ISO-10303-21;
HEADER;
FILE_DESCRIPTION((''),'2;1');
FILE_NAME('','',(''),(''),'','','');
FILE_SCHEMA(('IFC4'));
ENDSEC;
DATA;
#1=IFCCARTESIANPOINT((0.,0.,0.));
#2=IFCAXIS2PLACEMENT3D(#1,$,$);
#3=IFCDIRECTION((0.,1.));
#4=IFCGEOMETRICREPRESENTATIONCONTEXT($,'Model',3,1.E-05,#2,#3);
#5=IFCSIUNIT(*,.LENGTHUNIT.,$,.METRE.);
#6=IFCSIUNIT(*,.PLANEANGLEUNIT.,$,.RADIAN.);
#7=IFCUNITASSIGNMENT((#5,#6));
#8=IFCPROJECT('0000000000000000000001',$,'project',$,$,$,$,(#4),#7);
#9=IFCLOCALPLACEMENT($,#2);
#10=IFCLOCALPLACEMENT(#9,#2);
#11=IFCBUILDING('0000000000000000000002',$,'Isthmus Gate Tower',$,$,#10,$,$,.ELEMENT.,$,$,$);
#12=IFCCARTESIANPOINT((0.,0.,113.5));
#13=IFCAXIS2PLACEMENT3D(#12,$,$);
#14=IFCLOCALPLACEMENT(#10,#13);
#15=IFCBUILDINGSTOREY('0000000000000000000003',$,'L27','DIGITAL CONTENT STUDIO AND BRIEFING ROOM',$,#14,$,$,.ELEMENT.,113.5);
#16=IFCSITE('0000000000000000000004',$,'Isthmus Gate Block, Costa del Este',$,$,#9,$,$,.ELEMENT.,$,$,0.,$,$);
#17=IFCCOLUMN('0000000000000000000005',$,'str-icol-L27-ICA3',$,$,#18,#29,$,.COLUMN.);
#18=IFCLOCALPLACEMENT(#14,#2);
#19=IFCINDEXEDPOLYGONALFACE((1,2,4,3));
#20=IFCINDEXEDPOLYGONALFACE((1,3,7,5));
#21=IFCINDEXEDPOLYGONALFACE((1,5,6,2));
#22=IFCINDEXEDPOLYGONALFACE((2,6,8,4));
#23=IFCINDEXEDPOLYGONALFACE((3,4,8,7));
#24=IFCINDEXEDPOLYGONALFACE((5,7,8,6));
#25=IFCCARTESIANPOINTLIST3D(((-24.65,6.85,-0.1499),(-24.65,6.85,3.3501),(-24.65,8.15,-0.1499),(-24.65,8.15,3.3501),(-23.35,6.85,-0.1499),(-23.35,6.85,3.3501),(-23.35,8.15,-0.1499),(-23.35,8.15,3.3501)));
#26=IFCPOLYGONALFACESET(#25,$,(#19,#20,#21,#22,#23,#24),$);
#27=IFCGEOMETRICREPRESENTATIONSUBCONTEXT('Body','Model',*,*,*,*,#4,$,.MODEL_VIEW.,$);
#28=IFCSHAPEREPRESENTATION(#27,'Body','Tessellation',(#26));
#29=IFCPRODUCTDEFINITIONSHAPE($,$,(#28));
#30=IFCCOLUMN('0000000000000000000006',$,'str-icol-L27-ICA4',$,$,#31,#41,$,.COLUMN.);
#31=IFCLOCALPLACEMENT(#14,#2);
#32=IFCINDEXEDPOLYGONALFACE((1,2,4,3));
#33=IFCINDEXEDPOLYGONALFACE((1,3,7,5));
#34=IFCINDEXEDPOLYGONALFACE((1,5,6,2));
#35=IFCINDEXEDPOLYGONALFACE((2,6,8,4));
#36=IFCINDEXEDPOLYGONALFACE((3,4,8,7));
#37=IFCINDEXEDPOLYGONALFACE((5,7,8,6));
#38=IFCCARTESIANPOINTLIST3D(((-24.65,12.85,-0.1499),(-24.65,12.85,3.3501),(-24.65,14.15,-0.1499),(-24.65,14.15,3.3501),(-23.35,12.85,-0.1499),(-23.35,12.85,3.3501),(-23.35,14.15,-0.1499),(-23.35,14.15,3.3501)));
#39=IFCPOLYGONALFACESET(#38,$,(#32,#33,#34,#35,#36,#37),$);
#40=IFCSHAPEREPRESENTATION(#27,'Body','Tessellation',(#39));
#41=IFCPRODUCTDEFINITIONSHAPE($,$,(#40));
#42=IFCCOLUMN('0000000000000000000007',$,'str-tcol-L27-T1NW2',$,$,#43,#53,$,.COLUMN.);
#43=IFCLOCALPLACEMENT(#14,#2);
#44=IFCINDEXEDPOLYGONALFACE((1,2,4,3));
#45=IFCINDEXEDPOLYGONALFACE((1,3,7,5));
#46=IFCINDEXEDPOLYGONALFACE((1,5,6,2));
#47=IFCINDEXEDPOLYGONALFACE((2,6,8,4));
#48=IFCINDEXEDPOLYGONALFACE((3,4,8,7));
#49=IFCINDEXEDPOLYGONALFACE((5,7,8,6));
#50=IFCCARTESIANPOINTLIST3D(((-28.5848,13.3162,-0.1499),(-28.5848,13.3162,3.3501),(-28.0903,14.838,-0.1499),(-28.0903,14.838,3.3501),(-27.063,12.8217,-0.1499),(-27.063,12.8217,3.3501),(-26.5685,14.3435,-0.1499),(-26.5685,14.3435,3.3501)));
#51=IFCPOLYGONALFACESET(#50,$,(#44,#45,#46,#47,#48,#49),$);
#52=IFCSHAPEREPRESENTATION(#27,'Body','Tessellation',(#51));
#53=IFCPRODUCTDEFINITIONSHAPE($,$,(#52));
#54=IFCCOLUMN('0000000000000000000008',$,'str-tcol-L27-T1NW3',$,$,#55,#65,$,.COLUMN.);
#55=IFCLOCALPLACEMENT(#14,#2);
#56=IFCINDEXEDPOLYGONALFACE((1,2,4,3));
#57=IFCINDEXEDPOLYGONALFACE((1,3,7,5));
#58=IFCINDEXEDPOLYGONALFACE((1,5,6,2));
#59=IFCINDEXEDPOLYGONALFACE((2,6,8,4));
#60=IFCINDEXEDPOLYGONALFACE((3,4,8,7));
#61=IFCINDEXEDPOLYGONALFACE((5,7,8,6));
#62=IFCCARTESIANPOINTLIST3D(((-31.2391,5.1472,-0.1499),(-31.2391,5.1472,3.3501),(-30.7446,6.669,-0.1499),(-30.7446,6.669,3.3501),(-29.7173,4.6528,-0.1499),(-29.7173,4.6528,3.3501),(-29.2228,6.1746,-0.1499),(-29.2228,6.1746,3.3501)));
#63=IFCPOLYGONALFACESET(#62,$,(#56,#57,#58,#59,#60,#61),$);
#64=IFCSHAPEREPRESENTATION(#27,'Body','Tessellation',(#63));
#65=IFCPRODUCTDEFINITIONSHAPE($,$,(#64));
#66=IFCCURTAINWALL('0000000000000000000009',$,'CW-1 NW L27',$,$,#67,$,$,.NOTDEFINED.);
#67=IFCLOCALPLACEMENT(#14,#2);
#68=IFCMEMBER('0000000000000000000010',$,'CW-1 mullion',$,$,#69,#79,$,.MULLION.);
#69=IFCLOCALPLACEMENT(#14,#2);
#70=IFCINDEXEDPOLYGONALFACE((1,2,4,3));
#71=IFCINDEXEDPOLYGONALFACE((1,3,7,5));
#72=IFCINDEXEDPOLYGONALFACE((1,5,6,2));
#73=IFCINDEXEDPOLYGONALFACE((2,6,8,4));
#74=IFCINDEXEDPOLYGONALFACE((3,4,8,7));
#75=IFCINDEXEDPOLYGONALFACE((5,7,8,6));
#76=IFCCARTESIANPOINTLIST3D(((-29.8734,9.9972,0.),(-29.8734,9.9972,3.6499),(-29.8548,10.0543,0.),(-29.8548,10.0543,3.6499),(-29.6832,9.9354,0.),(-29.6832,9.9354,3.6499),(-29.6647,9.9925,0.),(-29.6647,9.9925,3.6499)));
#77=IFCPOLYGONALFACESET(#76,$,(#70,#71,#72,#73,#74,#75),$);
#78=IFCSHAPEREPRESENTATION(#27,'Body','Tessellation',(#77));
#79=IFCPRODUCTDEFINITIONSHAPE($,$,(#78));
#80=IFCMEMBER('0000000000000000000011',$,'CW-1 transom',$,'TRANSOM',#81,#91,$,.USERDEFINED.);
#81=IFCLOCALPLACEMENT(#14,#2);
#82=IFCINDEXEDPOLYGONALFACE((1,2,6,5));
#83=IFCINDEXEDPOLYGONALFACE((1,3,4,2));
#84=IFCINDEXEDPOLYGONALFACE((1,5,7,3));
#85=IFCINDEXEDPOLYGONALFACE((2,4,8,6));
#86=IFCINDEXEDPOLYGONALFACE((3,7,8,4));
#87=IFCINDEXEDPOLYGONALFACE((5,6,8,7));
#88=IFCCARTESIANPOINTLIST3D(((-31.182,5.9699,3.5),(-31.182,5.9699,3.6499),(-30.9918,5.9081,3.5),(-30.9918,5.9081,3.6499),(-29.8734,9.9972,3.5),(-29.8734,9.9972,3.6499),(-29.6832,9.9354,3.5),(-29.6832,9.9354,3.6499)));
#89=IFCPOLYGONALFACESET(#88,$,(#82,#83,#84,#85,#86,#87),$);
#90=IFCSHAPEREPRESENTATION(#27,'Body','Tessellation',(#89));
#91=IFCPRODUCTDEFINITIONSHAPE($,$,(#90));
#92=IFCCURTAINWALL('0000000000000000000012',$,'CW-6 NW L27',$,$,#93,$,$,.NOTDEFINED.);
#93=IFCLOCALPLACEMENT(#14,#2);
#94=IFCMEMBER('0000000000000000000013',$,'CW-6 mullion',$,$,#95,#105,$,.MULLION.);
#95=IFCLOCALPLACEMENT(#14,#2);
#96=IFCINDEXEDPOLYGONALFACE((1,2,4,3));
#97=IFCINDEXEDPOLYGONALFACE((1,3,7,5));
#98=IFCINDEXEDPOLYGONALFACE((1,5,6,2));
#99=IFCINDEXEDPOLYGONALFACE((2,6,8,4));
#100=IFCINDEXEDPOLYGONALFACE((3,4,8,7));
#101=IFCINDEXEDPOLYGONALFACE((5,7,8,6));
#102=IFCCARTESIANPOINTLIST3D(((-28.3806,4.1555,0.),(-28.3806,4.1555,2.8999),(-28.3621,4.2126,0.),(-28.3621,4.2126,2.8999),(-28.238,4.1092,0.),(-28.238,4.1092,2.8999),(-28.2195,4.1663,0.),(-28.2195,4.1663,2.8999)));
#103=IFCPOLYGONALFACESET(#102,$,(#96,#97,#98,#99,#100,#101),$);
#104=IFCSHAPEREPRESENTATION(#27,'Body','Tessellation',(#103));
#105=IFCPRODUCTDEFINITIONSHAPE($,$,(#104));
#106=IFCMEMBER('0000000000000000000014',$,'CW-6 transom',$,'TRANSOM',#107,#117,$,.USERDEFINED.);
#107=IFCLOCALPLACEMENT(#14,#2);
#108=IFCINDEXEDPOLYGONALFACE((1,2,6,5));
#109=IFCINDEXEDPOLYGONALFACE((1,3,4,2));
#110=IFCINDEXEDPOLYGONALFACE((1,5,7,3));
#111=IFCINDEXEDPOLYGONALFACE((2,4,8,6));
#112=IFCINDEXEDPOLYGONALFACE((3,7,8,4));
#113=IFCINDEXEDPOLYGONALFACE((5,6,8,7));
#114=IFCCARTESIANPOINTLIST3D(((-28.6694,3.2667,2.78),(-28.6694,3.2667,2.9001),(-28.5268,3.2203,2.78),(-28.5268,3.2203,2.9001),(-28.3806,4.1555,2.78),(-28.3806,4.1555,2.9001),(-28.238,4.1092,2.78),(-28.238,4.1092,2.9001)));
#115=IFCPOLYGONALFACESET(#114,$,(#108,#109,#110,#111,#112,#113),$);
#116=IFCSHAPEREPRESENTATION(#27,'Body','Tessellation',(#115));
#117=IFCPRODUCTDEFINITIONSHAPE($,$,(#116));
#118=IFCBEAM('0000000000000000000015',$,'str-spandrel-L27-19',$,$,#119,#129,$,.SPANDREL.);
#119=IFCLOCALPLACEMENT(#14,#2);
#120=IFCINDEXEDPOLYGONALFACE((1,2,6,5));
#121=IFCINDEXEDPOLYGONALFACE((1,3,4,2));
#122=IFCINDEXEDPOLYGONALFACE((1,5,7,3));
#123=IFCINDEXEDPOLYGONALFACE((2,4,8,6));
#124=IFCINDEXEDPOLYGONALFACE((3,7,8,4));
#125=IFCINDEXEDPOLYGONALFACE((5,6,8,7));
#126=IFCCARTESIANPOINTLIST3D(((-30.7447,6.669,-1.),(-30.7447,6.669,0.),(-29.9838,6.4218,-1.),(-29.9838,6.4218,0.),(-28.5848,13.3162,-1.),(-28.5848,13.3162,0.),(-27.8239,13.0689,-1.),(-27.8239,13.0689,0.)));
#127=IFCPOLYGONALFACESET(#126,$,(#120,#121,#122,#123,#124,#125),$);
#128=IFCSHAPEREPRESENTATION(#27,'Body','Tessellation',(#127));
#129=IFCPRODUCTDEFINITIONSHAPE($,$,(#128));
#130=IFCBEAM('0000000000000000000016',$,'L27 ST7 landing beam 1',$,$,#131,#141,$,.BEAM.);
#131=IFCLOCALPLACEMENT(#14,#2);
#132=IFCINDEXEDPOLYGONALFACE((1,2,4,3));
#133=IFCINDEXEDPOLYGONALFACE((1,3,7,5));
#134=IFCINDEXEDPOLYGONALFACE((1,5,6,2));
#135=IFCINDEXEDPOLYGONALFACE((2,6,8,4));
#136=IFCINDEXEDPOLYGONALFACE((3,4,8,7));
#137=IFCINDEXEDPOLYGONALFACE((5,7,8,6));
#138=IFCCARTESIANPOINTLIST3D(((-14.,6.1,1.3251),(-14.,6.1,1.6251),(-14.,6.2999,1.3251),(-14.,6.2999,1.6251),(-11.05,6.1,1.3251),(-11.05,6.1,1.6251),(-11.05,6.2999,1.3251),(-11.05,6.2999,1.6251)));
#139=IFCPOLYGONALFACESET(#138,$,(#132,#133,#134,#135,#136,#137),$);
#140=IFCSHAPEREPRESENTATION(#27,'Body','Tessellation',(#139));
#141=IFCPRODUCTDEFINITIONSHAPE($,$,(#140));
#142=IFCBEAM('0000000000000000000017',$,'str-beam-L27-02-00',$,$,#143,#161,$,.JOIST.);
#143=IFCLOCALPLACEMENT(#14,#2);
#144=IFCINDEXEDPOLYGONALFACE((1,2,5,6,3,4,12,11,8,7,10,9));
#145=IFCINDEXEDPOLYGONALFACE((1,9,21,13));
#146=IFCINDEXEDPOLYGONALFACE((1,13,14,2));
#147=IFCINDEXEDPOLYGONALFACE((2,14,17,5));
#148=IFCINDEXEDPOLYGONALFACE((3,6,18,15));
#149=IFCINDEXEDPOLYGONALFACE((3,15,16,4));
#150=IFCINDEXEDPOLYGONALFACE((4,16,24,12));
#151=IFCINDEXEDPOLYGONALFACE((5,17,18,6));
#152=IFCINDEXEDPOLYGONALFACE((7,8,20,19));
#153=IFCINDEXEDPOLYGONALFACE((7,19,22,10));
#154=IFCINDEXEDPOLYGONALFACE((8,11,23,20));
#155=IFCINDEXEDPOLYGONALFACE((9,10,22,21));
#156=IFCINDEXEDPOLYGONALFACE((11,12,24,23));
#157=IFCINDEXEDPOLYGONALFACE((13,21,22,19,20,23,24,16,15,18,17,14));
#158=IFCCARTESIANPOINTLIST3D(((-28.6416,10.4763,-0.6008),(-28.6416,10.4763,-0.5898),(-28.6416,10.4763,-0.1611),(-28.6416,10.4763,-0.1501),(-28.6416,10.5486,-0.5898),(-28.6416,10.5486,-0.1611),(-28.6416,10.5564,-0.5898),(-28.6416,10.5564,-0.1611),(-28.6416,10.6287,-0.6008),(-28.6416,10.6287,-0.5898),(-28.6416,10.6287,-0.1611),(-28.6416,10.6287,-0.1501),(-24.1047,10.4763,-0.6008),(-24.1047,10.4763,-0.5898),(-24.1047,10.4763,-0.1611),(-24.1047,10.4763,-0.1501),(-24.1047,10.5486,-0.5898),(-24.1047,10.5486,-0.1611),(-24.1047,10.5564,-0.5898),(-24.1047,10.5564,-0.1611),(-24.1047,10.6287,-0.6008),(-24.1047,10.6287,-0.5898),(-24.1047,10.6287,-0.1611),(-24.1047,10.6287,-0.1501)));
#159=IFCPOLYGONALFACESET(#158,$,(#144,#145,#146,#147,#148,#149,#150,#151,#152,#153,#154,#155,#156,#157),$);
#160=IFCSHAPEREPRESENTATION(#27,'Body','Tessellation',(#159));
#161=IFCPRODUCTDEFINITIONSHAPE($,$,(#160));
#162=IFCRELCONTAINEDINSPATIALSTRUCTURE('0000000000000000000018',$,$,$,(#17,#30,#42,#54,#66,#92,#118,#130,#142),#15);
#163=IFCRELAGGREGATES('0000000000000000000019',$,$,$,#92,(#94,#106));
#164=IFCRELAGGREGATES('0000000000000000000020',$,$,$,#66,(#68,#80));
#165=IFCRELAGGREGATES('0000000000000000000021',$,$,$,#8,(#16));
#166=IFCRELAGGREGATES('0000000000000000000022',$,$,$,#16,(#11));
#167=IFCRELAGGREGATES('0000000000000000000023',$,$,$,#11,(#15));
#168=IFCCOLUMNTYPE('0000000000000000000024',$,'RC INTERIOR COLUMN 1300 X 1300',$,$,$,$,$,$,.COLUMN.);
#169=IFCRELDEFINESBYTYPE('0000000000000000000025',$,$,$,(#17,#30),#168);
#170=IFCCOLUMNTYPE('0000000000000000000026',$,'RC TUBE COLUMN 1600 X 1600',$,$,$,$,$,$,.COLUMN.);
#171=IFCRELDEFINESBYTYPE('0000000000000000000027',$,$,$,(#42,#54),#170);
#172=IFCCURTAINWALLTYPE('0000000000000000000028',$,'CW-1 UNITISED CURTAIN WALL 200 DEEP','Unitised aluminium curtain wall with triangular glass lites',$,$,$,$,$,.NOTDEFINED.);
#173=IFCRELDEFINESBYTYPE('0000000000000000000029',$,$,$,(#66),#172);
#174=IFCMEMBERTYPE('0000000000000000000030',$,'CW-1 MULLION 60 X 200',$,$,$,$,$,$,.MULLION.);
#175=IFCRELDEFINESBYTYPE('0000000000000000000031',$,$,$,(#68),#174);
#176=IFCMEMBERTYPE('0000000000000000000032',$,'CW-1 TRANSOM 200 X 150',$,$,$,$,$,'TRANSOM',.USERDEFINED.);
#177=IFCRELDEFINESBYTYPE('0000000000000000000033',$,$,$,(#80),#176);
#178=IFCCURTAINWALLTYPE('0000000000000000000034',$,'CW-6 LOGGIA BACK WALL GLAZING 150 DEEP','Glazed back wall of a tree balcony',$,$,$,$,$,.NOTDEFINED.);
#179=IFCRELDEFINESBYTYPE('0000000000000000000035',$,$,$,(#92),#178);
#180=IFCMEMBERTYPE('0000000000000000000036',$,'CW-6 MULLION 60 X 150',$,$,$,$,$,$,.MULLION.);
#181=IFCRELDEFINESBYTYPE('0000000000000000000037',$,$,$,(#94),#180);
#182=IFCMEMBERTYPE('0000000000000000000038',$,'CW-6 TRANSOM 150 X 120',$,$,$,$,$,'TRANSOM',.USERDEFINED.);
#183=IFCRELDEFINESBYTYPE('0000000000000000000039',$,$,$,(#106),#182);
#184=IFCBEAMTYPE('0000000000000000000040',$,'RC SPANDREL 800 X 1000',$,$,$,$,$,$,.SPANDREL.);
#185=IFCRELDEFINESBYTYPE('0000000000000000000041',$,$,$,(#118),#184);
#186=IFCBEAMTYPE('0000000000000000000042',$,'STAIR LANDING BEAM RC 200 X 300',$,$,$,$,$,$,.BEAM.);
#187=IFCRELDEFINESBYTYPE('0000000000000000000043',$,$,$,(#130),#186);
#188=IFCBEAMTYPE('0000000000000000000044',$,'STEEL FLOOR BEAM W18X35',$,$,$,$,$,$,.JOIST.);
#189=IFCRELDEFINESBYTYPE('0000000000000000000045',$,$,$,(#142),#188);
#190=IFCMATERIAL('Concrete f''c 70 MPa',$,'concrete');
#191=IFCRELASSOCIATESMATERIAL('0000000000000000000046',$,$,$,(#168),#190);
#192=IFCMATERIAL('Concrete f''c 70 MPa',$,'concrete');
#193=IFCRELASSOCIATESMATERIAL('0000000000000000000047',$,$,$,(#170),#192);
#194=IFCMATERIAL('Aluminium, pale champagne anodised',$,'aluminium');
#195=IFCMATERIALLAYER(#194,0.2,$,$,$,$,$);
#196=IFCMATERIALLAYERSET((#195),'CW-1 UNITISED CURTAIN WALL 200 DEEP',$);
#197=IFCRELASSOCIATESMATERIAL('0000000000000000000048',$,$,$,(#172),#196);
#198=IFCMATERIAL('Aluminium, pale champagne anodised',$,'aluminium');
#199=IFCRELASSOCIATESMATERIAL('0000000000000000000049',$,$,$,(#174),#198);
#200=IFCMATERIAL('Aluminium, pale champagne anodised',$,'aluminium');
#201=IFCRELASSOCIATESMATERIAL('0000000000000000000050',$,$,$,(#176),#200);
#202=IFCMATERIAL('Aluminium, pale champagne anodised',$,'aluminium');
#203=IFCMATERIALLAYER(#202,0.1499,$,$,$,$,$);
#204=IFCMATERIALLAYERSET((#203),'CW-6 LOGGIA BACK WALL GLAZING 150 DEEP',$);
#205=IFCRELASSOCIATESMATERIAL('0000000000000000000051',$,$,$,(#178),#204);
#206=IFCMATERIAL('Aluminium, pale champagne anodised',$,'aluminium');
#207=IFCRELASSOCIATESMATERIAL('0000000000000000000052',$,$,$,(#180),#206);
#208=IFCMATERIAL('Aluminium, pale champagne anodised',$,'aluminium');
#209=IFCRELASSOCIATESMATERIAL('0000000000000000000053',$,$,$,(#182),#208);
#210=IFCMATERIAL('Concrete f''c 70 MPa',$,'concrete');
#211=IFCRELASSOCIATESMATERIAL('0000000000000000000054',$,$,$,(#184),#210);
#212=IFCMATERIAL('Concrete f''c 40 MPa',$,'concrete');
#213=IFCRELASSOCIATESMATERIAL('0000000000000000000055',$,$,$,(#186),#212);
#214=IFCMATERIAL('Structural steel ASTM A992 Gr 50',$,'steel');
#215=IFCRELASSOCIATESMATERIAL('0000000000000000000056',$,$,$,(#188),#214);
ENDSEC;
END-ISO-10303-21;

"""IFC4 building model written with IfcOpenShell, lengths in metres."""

from ifc_helpers import new_model, si_unit, direction, frame, origin, origin_2d, place, context, subcontext, project, spatial, rectangle, i_section, extrude, material, layer, layer_set, material_profile, profile_set, type_object, element, aggregate, save


model = new_model("IFC4")

# Units and contexts
model_context = context("Model", 3, precision=1e-05, world=origin(), true_north=direction((0.0, 1.0)))
body_context = subcontext(model_context, "Body", "Model", "MODEL_VIEW")
ifc_project = project(units=[si_unit("LENGTHUNIT", "METRE"), si_unit("PLANEANGLEUNIT", "RADIAN")], contexts=[model_context])

# Site, building, storey
site_placement = place(None, origin())
site = spatial("IfcSite", under=ifc_project, at=site_placement, Name="Isthmus Gate Block, Costa del Este", CompositionType="ELEMENT", RefElevation=0.0)
building_placement = place(site_placement, origin())
building = spatial("IfcBuilding", under=site, at=building_placement, Name="Isthmus Gate Tower", CompositionType="ELEMENT")
storey_placement = place(building_placement, frame((0.0, 0.0, 113.5)))
storey = spatial("IfcBuildingStorey", under=building, at=storey_placement, Name="L27", Description="DIGITAL CONTENT STUDIO AND BRIEFING ROOM", CompositionType="ELEMENT", Elevation=113.5)

# Columns
ifc_material_1 = material(Name="Concrete f'c 70 MPa", Category="concrete")
ifc_material_profile_1 = material_profile(ifc_material_1, rectangle(XDim=1.3, YDim=1.3, at=origin_2d()), Name="RC 1300X1300")
ifc_profile_set_1 = profile_set([ifc_material_profile_1], Name="Concrete f'c 70 MPa")
column_type_1 = type_object("IfcColumnType", Name="RC INTERIOR COLUMN 1300 X 1300", PredefinedType="COLUMN", material=ifc_profile_set_1)
for number, where, z_axis, x_axis, name in (
    (1, (-24.0, 7.5, -0.1499), (0.0, 0.0, 1.0), (1.0, 0.0, 0.0), "str-icol-L27-ICA3"),
    (2, (-24.0, 13.5, -0.1499), (0.0, 0.0, 1.0), (1.0, 0.0, 0.0), "str-icol-L27-ICA4"),
):
    element("IfcColumn", number, at=place(storey_placement, frame(where, z_axis=z_axis, x_axis=x_axis)), inside=storey, type_object=column_type_1, Name=name, PredefinedType="COLUMN", context=body_context, shape_type="SweptSolid", body=[
        extrude(rectangle(XDim=1.3, YDim=1.3, at=origin_2d()), origin(), (0.0, 0.0, 1.0), 3.5),
    ])
ifc_material_2 = material(Name="Concrete f'c 70 MPa", Category="concrete")
ifc_material_profile_2 = material_profile(ifc_material_2, rectangle(XDim=1.6001, YDim=1.6001, at=origin_2d()), Name="RC 1600X1600")
ifc_profile_set_2 = profile_set([ifc_material_profile_2], Name="Concrete f'c 70 MPa")
column_type_2 = type_object("IfcColumnType", Name="RC TUBE COLUMN 1600 X 1600", PredefinedType="COLUMN", material=ifc_profile_set_2)
for number, where, z_axis, x_axis, name in (
    (3, (-27.5767, 13.8298, -0.1499), (0.0, 0.0, 1.0), (-0.309017, -0.951057, 0.0), "str-tcol-L27-T1NW2"),
    (4, (-30.231, 5.6609, -0.1499), (0.0, 0.0, 1.0), (-0.309017, -0.951057, 0.0), "str-tcol-L27-T1NW3"),
):
    element("IfcColumn", number, at=place(storey_placement, frame(where, z_axis=z_axis, x_axis=x_axis)), inside=storey, type_object=column_type_2, Name=name, PredefinedType="COLUMN", context=body_context, shape_type="SweptSolid", body=[
        extrude(rectangle(XDim=1.6001, YDim=1.6001, at=origin_2d()), origin(), (0.0, 0.0, 1.0), 3.5),
    ])

# Curtain walls, members
ifc_material_3 = material(Name="Aluminium, pale champagne anodised", Category="aluminium")
ifc_layer_1 = layer(ifc_material_3, 0.2)
ifc_layer_set_1 = layer_set([ifc_layer_1], Name="CW-1 UNITISED CURTAIN WALL 200 DEEP")
curtain_wall_type_1 = type_object("IfcCurtainWallType", Name="CW-1 UNITISED CURTAIN WALL 200 DEEP", Description="Unitised aluminium curtain wall with triangular glass lites", PredefinedType="NOTDEFINED", material=ifc_layer_set_1)
curtain_wall_1_placement = place(storey_placement, origin())
curtain_wall_1 = element("IfcCurtainWall", 5, at=curtain_wall_1_placement, inside=storey, type_object=curtain_wall_type_1, Name="CW-1 NW L27", PredefinedType="NOTDEFINED")
ifc_material_4 = material(Name="Aluminium, pale champagne anodised", Category="aluminium")
ifc_material_profile_3 = material_profile(ifc_material_4, rectangle(XDim=0.0601, YDim=0.2, at=origin_2d()), Name="60x200")
ifc_profile_set_3 = profile_set([ifc_material_profile_3], Name="Aluminium, pale champagne anodised")
member_type_1 = type_object("IfcMemberType", Name="CW-1 MULLION 60 X 200", PredefinedType="MULLION", material=ifc_profile_set_3)
member_1_placement = place(storey_placement, frame((-29.769, 9.9949, 0.0), z_axis=(0.0, 0.0, 1.0), x_axis=(-0.309017, -0.951057, 0.0)))
member_1 = element("IfcMember", 6, at=member_1_placement, type_object=member_type_1, Name="CW-1 mullion", PredefinedType="MULLION", context=body_context, shape_type="SweptSolid", body=[
    extrude(rectangle(XDim=0.0601, YDim=0.2, at=origin_2d()), origin(), (0.0, 0.0, 1.0), 3.6499),
])
ifc_material_5 = material(Name="Aluminium, pale champagne anodised", Category="aluminium")
ifc_material_profile_4 = material_profile(ifc_material_5, rectangle(XDim=0.2, YDim=0.1499, at=origin_2d()), Name="200x150")
ifc_profile_set_4 = profile_set([ifc_material_profile_4], Name="Aluminium, pale champagne anodised")
member_type_2 = type_object("IfcMemberType", Name="CW-1 TRANSOM 200 X 150", ElementType="TRANSOM", PredefinedType="USERDEFINED", material=ifc_profile_set_4)
member_2_placement = place(storey_placement, frame((-29.7783, 9.9663, 3.575), z_axis=(-0.309023, -0.951054, 0.0), x_axis=(0.951054, -0.309023, 0.0)))
member_2 = element("IfcMember", 7, at=member_2_placement, type_object=member_type_2, Name="CW-1 transom", ObjectType="TRANSOM", PredefinedType="USERDEFINED", context=body_context, shape_type="SweptSolid", body=[
    extrude(rectangle(XDim=0.2, YDim=0.1499, at=origin_2d()), origin(), (0.0, 0.0, 1.0), 4.2346),
])
ifc_material_6 = material(Name="Aluminium, pale champagne anodised", Category="aluminium")
ifc_layer_2 = layer(ifc_material_6, 0.1499)
ifc_layer_set_2 = layer_set([ifc_layer_2], Name="CW-6 LOGGIA BACK WALL GLAZING 150 DEEP")
curtain_wall_type_2 = type_object("IfcCurtainWallType", Name="CW-6 LOGGIA BACK WALL GLAZING 150 DEEP", Description="Glazed back wall of a tree balcony", PredefinedType="NOTDEFINED", material=ifc_layer_set_2)
curtain_wall_2_placement = place(storey_placement, origin())
curtain_wall_2 = element("IfcCurtainWall", 8, at=curtain_wall_2_placement, inside=storey, type_object=curtain_wall_type_2, Name="CW-6 NW L27", PredefinedType="NOTDEFINED")
ifc_material_7 = material(Name="Aluminium, pale champagne anodised", Category="aluminium")
ifc_material_profile_5 = material_profile(ifc_material_7, rectangle(XDim=0.0601, YDim=0.1499, at=origin_2d()), Name="60x150")
ifc_profile_set_5 = profile_set([ifc_material_profile_5], Name="Aluminium, pale champagne anodised")
member_type_3 = type_object("IfcMemberType", Name="CW-6 MULLION 60 X 150", PredefinedType="MULLION", material=ifc_profile_set_5)
member_3_placement = place(storey_placement, frame((-28.3, 4.1609, 0.0), z_axis=(0.0, 0.0, 1.0), x_axis=(-0.309017, -0.951057, 0.0)))
member_3 = element("IfcMember", 9, at=member_3_placement, type_object=member_type_3, Name="CW-6 mullion", PredefinedType="MULLION", context=body_context, shape_type="SweptSolid", body=[
    extrude(rectangle(XDim=0.0601, YDim=0.1499, at=origin_2d()), origin(), (0.0, 0.0, 1.0), 2.8999),
])
ifc_material_8 = material(Name="Aluminium, pale champagne anodised", Category="aluminium")
ifc_material_profile_6 = material_profile(ifc_material_8, rectangle(XDim=0.1499, YDim=0.1201, at=origin_2d()), Name="150x120")
ifc_profile_set_6 = profile_set([ifc_material_profile_6], Name="Aluminium, pale champagne anodised")
member_type_4 = type_object("IfcMemberType", Name="CW-6 TRANSOM 150 X 120", ElementType="TRANSOM", PredefinedType="USERDEFINED", material=ifc_profile_set_6)
member_4_placement = place(storey_placement, frame((-28.3093, 4.1323, 2.8401), z_axis=(-0.309009, -0.951059, 0.0), x_axis=(0.951059, -0.309009, 0.0)))
member_4 = element("IfcMember", 10, at=member_4_placement, type_object=member_type_4, Name="CW-6 transom", ObjectType="TRANSOM", PredefinedType="USERDEFINED", context=body_context, shape_type="SweptSolid", body=[
    extrude(rectangle(XDim=0.1499, YDim=0.1201, at=origin_2d()), origin(), (0.0, 0.0, 1.0), 0.9346),
])

# Beams
ifc_material_9 = material(Name="Concrete f'c 70 MPa", Category="concrete")
ifc_material_profile_7 = material_profile(ifc_material_9, rectangle(XDim=0.8, YDim=1.0, at=origin_2d()), Name="RC 800X1000")
ifc_profile_set_7 = profile_set([ifc_material_profile_7], Name="Concrete f'c 70 MPa")
beam_type_1 = type_object("IfcBeamType", Name="RC SPANDREL 800 X 1000", PredefinedType="SPANDREL", material=ifc_profile_set_7)
beam_1_placement = place(storey_placement, frame((-30.3643, 6.5454, -0.5), z_axis=(0.30903, 0.951052, 0.0), x_axis=(-0.951052, 0.30903, 0.0)))
element("IfcBeam", 11, at=beam_1_placement, inside=storey, type_object=beam_type_1, Name="str-spandrel-L27-19", PredefinedType="SPANDREL", context=body_context, shape_type="SweptSolid", body=[
    extrude(rectangle(XDim=0.8, YDim=1.0, at=origin_2d()), origin(), (0.0, 0.0, 1.0), 6.9893),
])
ifc_material_10 = material(Name="Concrete f'c 40 MPa", Category="concrete")
ifc_material_profile_8 = material_profile(ifc_material_10, rectangle(XDim=0.2, YDim=0.3, at=origin_2d()), Name="STAIR LANDING BEAM RC 200 X 300")
ifc_profile_set_8 = profile_set([ifc_material_profile_8], Name="Concrete f'c 40 MPa")
beam_type_2 = type_object("IfcBeamType", Name="STAIR LANDING BEAM RC 200 X 300", PredefinedType="BEAM", material=ifc_profile_set_8)
beam_2_placement = place(storey_placement, frame((-14.0, 6.2, 1.4751), z_axis=(1.0, 0.0, 0.0), x_axis=(0.0, 1.0, 0.0)))
element("IfcBeam", 12, at=beam_2_placement, inside=storey, type_object=beam_type_2, Name="L27 ST7 landing beam 1", PredefinedType="BEAM", context=body_context, shape_type="SweptSolid", body=[
    extrude(rectangle(XDim=0.2, YDim=0.3, at=origin_2d()), origin(), (0.0, 0.0, 1.0), 2.95),
])
ifc_material_11 = material(Name="Structural steel ASTM A992 Gr 50", Category="steel")
ifc_material_profile_9 = material_profile(ifc_material_11, i_section(OverallWidth=0.1523, OverallDepth=0.4507, WebThickness=0.0078, FlangeThickness=0.011, at=origin_2d()), Name="W18X35")
ifc_profile_set_9 = profile_set([ifc_material_profile_9], Name="Structural steel ASTM A992 Gr 50")
beam_type_3 = type_object("IfcBeamType", Name="STEEL FLOOR BEAM W18X35", PredefinedType="JOIST", material=ifc_profile_set_9)
beam_3_placement = place(storey_placement, frame((-28.6416, 10.5525, -0.3755), z_axis=(1.0, 0.0, 0.0), x_axis=(0.0, 1.0, 0.0)))
element("IfcBeam", 13, at=beam_3_placement, inside=storey, type_object=beam_type_3, Name="str-beam-L27-02-00", PredefinedType="JOIST", context=body_context, shape_type="SweptSolid", body=[
    extrude(i_section(OverallWidth=0.1523, OverallDepth=0.4507, WebThickness=0.0078, FlangeThickness=0.011, at=origin_2d()), origin(), (0.0, 0.0, 1.0), 4.5369),
])

aggregate(curtain_wall_2, [member_3, member_4])

aggregate(curtain_wall_1, [member_1, member_2])

save(model, "model.ifc")
